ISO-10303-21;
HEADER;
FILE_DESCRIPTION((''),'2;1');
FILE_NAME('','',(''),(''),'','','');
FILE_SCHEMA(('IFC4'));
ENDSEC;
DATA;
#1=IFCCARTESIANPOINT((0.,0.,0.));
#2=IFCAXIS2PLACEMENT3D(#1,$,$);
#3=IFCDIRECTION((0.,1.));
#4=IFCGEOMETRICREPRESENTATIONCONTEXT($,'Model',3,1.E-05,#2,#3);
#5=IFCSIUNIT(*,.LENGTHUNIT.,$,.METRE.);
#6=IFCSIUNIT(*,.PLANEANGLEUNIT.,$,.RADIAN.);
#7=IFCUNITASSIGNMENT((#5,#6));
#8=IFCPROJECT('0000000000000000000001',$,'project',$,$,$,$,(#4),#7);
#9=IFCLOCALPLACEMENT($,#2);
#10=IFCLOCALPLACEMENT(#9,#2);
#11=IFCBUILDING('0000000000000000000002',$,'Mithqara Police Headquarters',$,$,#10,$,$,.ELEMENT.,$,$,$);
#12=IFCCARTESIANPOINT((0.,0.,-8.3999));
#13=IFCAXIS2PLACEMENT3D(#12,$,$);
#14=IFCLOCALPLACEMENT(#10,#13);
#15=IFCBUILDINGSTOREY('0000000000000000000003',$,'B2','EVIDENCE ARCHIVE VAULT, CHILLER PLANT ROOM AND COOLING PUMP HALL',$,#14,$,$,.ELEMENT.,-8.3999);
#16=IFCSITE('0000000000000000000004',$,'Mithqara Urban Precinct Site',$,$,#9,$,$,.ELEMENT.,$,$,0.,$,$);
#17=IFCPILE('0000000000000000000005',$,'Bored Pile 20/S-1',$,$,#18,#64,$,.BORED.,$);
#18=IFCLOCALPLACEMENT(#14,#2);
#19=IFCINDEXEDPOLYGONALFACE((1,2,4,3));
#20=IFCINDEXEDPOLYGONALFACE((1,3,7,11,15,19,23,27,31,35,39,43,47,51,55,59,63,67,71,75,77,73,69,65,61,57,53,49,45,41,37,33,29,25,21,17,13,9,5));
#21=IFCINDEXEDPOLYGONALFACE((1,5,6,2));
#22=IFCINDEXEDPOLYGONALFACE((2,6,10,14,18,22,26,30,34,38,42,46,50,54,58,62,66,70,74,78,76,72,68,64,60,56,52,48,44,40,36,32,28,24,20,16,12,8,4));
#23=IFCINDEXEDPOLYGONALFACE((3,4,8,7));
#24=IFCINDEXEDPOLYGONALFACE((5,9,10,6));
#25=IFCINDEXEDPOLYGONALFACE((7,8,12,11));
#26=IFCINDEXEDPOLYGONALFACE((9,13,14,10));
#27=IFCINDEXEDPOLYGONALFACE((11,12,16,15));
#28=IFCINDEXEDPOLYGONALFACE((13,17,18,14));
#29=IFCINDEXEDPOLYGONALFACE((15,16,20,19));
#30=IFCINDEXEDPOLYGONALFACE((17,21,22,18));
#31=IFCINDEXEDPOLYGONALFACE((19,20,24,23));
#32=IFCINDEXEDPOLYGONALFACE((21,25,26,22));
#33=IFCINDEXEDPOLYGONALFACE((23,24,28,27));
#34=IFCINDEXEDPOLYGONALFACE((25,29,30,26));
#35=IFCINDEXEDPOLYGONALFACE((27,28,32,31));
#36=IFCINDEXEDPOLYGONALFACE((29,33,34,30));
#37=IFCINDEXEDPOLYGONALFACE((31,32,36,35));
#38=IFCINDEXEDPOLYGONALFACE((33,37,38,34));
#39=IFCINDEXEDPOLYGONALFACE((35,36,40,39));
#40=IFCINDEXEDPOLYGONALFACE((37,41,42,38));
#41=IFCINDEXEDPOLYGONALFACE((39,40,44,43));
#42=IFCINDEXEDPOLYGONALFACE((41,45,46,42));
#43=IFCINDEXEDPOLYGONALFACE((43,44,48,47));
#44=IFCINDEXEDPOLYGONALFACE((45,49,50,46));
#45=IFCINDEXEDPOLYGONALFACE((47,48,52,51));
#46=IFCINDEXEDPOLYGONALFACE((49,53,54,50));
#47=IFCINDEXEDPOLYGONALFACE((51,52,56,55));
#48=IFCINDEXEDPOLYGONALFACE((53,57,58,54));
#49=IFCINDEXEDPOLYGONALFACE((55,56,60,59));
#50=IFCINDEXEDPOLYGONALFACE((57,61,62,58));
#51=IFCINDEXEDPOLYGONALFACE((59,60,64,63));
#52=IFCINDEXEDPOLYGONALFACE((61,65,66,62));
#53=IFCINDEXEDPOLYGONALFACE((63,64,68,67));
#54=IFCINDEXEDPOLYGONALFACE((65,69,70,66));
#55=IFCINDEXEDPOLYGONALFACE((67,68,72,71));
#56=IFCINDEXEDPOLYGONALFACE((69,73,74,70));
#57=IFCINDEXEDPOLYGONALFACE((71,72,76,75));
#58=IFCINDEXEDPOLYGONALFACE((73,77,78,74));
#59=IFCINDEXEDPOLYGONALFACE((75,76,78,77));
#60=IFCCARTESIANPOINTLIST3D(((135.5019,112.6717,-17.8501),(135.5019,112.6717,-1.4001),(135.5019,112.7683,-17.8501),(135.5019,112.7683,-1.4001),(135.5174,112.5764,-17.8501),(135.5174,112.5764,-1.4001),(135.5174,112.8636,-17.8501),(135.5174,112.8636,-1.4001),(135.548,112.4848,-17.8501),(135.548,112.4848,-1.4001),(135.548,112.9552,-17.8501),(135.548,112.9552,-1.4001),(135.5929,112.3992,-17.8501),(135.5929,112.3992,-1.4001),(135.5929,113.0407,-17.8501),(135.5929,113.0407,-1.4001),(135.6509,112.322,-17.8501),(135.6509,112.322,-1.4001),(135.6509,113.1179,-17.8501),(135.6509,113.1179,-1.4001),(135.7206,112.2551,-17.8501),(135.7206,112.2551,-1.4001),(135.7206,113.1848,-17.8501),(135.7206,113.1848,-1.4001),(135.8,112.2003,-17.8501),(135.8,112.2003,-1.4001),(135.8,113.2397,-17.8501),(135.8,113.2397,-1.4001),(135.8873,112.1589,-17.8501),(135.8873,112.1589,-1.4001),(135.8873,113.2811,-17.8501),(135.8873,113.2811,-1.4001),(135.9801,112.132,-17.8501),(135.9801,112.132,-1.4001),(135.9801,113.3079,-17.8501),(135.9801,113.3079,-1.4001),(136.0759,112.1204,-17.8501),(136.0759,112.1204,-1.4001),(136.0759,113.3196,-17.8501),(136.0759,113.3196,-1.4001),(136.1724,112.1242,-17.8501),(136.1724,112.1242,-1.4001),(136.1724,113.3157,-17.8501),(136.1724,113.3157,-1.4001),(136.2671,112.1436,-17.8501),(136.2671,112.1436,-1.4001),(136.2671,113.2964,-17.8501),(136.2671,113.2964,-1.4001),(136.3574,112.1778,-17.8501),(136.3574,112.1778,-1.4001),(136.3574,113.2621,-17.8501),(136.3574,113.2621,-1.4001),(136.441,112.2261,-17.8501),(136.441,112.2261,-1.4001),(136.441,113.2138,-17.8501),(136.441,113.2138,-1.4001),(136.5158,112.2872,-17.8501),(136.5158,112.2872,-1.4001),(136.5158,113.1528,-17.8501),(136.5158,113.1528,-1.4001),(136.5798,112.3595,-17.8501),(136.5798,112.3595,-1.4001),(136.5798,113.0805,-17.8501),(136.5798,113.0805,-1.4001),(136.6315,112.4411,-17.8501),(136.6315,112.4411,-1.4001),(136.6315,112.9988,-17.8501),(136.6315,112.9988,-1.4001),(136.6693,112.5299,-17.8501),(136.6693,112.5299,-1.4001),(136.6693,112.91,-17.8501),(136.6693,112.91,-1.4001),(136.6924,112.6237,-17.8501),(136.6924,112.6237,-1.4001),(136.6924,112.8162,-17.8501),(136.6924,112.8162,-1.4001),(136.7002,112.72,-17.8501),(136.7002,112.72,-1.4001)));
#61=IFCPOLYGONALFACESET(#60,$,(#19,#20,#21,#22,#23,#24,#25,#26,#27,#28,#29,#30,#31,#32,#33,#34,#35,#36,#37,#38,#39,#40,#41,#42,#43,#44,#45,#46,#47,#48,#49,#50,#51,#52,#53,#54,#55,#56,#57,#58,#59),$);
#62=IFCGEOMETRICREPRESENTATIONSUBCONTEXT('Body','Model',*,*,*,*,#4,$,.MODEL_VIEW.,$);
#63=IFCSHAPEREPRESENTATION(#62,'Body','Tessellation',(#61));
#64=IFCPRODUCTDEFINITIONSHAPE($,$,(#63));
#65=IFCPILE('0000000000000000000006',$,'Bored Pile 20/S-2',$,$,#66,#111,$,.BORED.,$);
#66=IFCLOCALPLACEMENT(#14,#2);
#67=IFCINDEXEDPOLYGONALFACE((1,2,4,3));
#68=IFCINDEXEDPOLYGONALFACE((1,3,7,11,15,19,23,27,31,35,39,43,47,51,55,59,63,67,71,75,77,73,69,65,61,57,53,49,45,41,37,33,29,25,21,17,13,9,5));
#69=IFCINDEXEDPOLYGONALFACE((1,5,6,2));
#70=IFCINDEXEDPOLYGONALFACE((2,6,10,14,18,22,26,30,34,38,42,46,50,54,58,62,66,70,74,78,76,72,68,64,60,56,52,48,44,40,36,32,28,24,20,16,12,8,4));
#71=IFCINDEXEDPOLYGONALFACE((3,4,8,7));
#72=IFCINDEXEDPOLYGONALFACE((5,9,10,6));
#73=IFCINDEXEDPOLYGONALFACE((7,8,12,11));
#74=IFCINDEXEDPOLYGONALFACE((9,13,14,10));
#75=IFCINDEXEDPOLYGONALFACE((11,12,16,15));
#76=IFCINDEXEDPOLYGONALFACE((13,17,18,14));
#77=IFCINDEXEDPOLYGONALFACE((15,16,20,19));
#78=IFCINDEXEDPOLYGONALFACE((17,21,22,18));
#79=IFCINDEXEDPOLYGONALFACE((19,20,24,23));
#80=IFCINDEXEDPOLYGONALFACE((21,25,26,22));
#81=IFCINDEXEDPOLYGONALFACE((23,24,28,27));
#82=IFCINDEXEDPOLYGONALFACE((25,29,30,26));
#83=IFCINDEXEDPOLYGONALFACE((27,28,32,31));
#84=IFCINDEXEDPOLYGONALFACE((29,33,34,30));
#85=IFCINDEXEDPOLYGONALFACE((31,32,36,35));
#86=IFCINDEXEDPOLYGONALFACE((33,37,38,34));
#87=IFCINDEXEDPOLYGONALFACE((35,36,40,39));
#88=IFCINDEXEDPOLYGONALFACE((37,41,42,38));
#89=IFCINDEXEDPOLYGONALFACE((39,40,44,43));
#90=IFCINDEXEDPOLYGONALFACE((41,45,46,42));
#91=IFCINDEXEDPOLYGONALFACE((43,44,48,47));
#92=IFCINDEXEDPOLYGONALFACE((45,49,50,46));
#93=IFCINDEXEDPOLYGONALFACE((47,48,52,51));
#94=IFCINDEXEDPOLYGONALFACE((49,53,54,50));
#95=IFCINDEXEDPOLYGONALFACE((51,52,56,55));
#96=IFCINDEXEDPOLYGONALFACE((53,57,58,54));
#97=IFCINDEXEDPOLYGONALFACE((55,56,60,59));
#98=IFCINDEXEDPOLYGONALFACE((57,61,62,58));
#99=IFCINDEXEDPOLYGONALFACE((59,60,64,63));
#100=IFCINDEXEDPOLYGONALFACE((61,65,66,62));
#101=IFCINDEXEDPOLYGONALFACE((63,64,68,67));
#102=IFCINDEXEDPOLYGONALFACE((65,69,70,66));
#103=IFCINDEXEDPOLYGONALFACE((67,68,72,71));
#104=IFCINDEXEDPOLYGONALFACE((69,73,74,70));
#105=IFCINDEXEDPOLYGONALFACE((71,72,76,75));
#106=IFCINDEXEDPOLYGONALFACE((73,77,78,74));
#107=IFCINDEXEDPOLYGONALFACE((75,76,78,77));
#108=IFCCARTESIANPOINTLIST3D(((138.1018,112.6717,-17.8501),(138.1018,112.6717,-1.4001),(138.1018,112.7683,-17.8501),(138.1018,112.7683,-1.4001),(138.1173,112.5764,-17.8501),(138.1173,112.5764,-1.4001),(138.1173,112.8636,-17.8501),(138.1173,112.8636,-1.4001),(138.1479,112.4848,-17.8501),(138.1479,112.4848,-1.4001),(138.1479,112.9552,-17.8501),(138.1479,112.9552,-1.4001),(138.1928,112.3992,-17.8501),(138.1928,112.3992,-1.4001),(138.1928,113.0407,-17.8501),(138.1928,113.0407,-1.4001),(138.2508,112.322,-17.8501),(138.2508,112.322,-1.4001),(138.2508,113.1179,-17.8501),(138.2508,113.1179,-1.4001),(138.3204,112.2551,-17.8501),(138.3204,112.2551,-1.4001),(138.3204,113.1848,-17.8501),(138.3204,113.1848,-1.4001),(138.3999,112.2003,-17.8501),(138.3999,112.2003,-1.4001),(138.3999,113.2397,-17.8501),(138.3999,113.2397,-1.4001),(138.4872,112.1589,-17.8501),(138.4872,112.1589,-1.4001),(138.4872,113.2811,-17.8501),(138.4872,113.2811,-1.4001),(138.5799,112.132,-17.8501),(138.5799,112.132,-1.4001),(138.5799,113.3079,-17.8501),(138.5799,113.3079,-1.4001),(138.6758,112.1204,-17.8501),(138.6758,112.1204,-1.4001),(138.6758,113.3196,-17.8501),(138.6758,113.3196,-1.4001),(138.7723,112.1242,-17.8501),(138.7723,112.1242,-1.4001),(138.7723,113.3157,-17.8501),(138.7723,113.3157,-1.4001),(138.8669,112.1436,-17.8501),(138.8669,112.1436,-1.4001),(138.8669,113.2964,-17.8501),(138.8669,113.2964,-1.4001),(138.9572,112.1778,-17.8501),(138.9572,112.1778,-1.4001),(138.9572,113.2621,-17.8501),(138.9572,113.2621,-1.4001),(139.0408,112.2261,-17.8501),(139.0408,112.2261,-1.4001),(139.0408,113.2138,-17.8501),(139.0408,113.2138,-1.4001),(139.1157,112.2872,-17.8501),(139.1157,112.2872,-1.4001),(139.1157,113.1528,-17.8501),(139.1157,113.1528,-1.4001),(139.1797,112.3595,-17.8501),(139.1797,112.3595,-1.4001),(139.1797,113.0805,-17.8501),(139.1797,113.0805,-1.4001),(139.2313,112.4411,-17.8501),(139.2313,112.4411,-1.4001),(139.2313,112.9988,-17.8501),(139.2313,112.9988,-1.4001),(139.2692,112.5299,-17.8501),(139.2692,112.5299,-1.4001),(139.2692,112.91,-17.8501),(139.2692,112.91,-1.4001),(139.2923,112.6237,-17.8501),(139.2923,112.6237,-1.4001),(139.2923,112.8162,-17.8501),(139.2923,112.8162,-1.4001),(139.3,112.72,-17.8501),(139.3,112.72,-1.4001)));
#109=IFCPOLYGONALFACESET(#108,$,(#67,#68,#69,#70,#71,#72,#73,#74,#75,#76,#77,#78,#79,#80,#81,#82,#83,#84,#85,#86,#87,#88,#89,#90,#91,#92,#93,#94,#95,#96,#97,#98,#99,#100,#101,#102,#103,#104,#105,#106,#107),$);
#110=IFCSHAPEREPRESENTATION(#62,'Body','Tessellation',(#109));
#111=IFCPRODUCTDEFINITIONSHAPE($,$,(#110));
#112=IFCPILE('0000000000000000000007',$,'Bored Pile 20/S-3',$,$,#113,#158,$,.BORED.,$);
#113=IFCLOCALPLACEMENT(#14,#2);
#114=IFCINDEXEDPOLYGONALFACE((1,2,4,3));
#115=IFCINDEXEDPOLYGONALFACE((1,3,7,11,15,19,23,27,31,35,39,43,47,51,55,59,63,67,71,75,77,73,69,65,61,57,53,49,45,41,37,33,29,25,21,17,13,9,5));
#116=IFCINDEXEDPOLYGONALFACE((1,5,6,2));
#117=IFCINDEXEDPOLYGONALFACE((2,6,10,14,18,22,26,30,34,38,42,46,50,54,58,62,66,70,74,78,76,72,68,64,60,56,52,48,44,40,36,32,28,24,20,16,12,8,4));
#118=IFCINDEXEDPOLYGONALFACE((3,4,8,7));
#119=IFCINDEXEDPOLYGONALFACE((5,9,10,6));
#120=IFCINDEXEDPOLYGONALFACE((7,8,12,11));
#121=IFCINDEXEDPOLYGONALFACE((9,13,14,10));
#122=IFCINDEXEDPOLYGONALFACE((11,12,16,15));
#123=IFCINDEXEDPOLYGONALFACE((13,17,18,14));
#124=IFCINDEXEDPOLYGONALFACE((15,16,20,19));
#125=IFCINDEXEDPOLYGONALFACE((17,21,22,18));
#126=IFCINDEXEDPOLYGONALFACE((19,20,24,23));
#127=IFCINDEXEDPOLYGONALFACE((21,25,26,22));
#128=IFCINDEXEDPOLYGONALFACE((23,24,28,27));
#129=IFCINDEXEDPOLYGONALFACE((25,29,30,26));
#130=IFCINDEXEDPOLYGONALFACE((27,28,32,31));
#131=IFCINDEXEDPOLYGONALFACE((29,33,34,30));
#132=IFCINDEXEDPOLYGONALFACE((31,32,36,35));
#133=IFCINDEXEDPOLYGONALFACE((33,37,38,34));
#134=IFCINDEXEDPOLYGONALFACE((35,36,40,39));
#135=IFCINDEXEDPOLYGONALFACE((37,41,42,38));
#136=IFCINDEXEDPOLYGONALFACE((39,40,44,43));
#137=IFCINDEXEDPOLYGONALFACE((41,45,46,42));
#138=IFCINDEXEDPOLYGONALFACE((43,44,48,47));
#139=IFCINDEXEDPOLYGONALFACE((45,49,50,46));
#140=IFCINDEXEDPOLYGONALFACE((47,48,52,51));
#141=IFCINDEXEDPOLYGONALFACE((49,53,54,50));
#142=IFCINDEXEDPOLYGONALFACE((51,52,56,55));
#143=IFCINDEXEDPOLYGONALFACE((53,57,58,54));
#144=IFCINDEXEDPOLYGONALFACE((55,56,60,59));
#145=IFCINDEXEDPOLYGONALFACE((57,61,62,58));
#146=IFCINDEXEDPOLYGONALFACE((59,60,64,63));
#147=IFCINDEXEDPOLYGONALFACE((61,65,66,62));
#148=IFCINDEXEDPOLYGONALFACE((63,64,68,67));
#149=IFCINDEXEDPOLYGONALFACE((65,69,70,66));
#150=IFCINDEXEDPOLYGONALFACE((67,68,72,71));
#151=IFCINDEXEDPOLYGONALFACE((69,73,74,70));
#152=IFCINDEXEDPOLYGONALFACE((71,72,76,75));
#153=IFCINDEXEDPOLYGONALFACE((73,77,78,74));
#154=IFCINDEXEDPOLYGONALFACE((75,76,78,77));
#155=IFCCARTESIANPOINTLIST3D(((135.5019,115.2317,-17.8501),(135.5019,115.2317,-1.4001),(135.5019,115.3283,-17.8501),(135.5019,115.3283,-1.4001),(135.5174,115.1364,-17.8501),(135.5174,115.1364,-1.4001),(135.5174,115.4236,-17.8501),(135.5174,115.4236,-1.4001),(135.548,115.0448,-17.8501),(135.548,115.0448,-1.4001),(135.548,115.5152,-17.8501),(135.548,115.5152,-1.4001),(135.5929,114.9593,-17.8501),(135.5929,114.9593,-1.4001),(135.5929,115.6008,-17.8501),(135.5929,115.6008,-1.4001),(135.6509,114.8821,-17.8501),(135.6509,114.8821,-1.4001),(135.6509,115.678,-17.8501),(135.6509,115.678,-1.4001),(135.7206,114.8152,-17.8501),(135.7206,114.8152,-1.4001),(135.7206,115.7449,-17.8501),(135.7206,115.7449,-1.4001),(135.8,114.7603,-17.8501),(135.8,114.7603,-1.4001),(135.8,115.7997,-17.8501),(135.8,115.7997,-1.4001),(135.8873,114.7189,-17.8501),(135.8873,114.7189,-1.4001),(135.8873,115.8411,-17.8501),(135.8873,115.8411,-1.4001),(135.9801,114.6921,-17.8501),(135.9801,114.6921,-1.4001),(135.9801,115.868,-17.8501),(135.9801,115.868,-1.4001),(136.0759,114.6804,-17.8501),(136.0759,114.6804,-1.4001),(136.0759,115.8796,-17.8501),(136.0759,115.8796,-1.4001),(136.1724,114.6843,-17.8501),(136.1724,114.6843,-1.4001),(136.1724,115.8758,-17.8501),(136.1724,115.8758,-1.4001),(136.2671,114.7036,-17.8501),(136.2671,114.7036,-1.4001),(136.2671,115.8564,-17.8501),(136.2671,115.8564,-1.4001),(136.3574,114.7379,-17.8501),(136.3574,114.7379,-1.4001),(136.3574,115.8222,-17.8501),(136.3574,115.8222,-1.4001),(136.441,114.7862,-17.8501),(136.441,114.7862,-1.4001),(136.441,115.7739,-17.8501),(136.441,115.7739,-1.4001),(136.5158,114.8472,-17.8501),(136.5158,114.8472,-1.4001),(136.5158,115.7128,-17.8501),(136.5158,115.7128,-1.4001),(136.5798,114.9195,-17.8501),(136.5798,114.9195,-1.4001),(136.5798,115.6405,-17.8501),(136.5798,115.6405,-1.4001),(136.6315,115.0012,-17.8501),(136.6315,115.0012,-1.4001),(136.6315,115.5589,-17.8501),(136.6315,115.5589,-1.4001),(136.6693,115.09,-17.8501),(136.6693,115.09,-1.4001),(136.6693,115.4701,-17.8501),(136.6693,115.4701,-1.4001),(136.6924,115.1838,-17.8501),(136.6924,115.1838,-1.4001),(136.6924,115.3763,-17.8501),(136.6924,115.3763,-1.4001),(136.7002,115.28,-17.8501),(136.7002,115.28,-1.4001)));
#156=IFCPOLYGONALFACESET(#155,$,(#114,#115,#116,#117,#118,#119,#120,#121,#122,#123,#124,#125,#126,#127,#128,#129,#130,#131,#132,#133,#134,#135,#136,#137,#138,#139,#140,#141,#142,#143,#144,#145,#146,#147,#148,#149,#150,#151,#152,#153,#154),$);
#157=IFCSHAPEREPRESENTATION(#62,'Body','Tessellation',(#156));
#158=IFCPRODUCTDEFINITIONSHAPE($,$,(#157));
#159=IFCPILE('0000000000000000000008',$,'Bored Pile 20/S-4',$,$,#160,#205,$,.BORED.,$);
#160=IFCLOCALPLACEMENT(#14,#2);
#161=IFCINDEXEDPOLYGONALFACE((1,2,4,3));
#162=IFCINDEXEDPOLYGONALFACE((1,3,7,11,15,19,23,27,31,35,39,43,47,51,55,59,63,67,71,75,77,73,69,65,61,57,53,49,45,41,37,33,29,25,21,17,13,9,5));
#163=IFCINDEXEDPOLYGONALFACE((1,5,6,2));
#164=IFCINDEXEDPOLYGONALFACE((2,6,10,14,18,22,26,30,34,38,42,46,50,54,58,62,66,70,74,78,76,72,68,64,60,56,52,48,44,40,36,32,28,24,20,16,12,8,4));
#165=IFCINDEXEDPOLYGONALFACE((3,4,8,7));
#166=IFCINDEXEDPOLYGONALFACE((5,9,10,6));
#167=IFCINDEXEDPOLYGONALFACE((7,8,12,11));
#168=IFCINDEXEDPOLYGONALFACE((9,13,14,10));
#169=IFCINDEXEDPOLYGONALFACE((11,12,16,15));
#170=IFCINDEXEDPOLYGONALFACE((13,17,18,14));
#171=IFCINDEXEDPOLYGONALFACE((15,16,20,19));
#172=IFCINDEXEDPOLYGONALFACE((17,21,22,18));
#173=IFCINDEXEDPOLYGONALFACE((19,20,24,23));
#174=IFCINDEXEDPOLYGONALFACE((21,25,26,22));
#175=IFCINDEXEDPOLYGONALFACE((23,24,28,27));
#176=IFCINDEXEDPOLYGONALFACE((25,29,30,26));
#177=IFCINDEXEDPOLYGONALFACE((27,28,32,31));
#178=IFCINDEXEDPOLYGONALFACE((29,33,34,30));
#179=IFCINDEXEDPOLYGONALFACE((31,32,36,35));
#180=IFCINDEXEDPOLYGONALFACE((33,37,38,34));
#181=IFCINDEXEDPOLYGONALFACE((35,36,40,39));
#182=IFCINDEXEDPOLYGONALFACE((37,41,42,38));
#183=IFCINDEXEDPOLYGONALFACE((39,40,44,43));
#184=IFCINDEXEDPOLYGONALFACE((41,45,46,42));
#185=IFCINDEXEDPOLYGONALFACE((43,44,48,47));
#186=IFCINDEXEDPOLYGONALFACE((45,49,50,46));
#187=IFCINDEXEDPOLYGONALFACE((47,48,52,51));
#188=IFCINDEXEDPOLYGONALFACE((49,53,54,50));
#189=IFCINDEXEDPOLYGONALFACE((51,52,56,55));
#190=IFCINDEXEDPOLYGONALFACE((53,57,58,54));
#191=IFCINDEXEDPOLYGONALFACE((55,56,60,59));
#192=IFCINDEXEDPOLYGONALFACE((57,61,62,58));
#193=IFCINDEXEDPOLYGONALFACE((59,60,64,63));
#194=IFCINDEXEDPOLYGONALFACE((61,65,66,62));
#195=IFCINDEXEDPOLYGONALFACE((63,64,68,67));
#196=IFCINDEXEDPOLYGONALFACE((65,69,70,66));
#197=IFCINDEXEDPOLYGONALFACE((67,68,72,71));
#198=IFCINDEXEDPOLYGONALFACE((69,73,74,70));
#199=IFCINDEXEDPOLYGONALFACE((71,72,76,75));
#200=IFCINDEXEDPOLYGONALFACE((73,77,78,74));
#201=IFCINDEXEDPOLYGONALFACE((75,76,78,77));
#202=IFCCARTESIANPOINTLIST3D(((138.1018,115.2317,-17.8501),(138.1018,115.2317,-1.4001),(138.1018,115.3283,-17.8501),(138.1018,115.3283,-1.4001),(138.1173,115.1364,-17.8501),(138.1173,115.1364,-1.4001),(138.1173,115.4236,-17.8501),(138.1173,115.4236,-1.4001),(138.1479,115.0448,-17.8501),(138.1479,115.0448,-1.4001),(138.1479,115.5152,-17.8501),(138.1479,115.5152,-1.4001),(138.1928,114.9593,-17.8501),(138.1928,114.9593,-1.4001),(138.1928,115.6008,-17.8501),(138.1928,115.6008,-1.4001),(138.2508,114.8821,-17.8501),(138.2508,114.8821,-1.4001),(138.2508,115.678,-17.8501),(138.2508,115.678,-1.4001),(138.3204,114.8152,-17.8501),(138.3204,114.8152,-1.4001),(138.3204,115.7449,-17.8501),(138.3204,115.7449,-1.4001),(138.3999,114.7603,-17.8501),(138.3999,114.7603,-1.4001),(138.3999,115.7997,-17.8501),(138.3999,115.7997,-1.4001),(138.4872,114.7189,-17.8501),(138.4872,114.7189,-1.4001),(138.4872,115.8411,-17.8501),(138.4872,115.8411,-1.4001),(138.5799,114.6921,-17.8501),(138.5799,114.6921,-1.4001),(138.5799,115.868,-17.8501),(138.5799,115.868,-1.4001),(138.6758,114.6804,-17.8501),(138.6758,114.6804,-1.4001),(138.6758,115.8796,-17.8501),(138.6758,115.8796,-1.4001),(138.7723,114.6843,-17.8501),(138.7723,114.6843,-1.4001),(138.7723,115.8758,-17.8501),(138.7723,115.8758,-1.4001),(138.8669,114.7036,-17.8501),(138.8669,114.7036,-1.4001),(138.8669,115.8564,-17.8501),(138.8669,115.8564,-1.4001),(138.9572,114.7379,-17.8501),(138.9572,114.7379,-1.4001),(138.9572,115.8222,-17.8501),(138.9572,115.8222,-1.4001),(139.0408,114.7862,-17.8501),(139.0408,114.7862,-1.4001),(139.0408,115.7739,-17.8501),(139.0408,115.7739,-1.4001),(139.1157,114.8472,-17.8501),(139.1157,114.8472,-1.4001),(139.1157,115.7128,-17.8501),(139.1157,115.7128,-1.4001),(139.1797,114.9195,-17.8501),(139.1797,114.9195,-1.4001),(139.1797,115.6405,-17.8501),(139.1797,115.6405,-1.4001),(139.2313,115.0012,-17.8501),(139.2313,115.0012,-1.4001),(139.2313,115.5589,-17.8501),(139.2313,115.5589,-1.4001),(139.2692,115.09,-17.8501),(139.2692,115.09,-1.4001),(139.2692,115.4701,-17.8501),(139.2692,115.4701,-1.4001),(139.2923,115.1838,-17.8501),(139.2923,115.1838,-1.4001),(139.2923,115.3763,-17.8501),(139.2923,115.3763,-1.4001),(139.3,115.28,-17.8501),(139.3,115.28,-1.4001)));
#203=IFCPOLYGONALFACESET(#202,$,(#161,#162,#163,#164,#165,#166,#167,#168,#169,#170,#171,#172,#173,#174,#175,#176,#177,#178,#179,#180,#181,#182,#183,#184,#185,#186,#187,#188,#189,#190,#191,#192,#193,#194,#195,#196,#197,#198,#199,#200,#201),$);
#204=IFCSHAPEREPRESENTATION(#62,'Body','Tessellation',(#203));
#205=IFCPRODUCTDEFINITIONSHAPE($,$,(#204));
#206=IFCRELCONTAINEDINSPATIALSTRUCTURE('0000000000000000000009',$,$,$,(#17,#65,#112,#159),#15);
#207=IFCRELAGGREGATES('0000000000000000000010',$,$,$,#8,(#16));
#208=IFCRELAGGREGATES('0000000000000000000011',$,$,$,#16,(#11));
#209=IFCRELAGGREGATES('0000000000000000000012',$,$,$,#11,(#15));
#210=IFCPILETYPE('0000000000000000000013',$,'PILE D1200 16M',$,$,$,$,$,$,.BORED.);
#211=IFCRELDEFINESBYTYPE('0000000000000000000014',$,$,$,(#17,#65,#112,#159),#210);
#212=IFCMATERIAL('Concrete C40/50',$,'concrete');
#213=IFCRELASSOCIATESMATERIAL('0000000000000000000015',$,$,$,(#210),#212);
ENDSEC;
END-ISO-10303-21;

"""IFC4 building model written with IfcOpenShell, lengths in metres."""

from ifc_helpers import new_model, si_unit, direction, frame, origin, origin_2d, place, context, subcontext, project, spatial, circle, extrude, material, material_profile, profile_set, type_object, element, save


model = new_model("IFC4")

# Units and contexts
model_context = context("Model", 3, precision=1e-05, world=origin(), true_north=direction((0.0, 1.0)))
body_context = subcontext(model_context, "Body", "Model", "MODEL_VIEW")
ifc_project = project(units=[si_unit("LENGTHUNIT", "METRE"), si_unit("PLANEANGLEUNIT", "RADIAN")], contexts=[model_context])

# Site, building, storey
site_placement = place(None, origin())
site = spatial("IfcSite", under=ifc_project, at=site_placement, Name="Mithqara Urban Precinct Site", CompositionType="ELEMENT", RefElevation=0.0)
building_placement = place(site_placement, origin())
building = spatial("IfcBuilding", under=site, at=building_placement, Name="Mithqara Police Headquarters", CompositionType="ELEMENT")
storey_placement = place(building_placement, frame((0.0, 0.0, -8.3999)))
storey = spatial("IfcBuildingStorey", under=building, at=storey_placement, Name="B2", Description="EVIDENCE ARCHIVE VAULT, CHILLER PLANT ROOM AND COOLING PUMP HALL", CompositionType="ELEMENT", Elevation=-8.3999)

# Shared definitions
ifc_material_1 = material(Name="Concrete C40/50", Category="concrete")

# Piles
ifc_material_profile_1 = material_profile(ifc_material_1, circle(Radius=0.6001, at=origin_2d()), Name="PILE D1200")
ifc_profile_set_1 = profile_set([ifc_material_profile_1], Name="Concrete C40/50")
pile_type = type_object("IfcPileType", Name="PILE D1200 16M", PredefinedType="BORED", material=ifc_profile_set_1)
for number, where, z_axis, x_axis, name in (
    (1, (136.1001, 112.72, -1.4001), (0.0, 0.0, -1.0), (1.0, 0.0, 0.0), "Bored Pile 20/S-1"),
    (2, (138.7, 112.72, -1.4001), (0.0, 0.0, -1.0), (1.0, 0.0, 0.0), "Bored Pile 20/S-2"),
    (3, (136.1001, 115.28, -1.4001), (0.0, 0.0, -1.0), (1.0, 0.0, 0.0), "Bored Pile 20/S-3"),
    (4, (138.7, 115.28, -1.4001), (0.0, 0.0, -1.0), (1.0, 0.0, 0.0), "Bored Pile 20/S-4"),
):
    element("IfcPile", number, at=place(storey_placement, frame(where, z_axis=z_axis, x_axis=x_axis)), inside=storey, type_object=pile_type, Name=name, PredefinedType="BORED", context=body_context, shape_type="SweptSolid", body=[
        extrude(circle(Radius=0.6001, at=origin_2d()), origin(), (0.0, 0.0, 1.0), 16.45),
    ])

save(model, "model.ifc")
